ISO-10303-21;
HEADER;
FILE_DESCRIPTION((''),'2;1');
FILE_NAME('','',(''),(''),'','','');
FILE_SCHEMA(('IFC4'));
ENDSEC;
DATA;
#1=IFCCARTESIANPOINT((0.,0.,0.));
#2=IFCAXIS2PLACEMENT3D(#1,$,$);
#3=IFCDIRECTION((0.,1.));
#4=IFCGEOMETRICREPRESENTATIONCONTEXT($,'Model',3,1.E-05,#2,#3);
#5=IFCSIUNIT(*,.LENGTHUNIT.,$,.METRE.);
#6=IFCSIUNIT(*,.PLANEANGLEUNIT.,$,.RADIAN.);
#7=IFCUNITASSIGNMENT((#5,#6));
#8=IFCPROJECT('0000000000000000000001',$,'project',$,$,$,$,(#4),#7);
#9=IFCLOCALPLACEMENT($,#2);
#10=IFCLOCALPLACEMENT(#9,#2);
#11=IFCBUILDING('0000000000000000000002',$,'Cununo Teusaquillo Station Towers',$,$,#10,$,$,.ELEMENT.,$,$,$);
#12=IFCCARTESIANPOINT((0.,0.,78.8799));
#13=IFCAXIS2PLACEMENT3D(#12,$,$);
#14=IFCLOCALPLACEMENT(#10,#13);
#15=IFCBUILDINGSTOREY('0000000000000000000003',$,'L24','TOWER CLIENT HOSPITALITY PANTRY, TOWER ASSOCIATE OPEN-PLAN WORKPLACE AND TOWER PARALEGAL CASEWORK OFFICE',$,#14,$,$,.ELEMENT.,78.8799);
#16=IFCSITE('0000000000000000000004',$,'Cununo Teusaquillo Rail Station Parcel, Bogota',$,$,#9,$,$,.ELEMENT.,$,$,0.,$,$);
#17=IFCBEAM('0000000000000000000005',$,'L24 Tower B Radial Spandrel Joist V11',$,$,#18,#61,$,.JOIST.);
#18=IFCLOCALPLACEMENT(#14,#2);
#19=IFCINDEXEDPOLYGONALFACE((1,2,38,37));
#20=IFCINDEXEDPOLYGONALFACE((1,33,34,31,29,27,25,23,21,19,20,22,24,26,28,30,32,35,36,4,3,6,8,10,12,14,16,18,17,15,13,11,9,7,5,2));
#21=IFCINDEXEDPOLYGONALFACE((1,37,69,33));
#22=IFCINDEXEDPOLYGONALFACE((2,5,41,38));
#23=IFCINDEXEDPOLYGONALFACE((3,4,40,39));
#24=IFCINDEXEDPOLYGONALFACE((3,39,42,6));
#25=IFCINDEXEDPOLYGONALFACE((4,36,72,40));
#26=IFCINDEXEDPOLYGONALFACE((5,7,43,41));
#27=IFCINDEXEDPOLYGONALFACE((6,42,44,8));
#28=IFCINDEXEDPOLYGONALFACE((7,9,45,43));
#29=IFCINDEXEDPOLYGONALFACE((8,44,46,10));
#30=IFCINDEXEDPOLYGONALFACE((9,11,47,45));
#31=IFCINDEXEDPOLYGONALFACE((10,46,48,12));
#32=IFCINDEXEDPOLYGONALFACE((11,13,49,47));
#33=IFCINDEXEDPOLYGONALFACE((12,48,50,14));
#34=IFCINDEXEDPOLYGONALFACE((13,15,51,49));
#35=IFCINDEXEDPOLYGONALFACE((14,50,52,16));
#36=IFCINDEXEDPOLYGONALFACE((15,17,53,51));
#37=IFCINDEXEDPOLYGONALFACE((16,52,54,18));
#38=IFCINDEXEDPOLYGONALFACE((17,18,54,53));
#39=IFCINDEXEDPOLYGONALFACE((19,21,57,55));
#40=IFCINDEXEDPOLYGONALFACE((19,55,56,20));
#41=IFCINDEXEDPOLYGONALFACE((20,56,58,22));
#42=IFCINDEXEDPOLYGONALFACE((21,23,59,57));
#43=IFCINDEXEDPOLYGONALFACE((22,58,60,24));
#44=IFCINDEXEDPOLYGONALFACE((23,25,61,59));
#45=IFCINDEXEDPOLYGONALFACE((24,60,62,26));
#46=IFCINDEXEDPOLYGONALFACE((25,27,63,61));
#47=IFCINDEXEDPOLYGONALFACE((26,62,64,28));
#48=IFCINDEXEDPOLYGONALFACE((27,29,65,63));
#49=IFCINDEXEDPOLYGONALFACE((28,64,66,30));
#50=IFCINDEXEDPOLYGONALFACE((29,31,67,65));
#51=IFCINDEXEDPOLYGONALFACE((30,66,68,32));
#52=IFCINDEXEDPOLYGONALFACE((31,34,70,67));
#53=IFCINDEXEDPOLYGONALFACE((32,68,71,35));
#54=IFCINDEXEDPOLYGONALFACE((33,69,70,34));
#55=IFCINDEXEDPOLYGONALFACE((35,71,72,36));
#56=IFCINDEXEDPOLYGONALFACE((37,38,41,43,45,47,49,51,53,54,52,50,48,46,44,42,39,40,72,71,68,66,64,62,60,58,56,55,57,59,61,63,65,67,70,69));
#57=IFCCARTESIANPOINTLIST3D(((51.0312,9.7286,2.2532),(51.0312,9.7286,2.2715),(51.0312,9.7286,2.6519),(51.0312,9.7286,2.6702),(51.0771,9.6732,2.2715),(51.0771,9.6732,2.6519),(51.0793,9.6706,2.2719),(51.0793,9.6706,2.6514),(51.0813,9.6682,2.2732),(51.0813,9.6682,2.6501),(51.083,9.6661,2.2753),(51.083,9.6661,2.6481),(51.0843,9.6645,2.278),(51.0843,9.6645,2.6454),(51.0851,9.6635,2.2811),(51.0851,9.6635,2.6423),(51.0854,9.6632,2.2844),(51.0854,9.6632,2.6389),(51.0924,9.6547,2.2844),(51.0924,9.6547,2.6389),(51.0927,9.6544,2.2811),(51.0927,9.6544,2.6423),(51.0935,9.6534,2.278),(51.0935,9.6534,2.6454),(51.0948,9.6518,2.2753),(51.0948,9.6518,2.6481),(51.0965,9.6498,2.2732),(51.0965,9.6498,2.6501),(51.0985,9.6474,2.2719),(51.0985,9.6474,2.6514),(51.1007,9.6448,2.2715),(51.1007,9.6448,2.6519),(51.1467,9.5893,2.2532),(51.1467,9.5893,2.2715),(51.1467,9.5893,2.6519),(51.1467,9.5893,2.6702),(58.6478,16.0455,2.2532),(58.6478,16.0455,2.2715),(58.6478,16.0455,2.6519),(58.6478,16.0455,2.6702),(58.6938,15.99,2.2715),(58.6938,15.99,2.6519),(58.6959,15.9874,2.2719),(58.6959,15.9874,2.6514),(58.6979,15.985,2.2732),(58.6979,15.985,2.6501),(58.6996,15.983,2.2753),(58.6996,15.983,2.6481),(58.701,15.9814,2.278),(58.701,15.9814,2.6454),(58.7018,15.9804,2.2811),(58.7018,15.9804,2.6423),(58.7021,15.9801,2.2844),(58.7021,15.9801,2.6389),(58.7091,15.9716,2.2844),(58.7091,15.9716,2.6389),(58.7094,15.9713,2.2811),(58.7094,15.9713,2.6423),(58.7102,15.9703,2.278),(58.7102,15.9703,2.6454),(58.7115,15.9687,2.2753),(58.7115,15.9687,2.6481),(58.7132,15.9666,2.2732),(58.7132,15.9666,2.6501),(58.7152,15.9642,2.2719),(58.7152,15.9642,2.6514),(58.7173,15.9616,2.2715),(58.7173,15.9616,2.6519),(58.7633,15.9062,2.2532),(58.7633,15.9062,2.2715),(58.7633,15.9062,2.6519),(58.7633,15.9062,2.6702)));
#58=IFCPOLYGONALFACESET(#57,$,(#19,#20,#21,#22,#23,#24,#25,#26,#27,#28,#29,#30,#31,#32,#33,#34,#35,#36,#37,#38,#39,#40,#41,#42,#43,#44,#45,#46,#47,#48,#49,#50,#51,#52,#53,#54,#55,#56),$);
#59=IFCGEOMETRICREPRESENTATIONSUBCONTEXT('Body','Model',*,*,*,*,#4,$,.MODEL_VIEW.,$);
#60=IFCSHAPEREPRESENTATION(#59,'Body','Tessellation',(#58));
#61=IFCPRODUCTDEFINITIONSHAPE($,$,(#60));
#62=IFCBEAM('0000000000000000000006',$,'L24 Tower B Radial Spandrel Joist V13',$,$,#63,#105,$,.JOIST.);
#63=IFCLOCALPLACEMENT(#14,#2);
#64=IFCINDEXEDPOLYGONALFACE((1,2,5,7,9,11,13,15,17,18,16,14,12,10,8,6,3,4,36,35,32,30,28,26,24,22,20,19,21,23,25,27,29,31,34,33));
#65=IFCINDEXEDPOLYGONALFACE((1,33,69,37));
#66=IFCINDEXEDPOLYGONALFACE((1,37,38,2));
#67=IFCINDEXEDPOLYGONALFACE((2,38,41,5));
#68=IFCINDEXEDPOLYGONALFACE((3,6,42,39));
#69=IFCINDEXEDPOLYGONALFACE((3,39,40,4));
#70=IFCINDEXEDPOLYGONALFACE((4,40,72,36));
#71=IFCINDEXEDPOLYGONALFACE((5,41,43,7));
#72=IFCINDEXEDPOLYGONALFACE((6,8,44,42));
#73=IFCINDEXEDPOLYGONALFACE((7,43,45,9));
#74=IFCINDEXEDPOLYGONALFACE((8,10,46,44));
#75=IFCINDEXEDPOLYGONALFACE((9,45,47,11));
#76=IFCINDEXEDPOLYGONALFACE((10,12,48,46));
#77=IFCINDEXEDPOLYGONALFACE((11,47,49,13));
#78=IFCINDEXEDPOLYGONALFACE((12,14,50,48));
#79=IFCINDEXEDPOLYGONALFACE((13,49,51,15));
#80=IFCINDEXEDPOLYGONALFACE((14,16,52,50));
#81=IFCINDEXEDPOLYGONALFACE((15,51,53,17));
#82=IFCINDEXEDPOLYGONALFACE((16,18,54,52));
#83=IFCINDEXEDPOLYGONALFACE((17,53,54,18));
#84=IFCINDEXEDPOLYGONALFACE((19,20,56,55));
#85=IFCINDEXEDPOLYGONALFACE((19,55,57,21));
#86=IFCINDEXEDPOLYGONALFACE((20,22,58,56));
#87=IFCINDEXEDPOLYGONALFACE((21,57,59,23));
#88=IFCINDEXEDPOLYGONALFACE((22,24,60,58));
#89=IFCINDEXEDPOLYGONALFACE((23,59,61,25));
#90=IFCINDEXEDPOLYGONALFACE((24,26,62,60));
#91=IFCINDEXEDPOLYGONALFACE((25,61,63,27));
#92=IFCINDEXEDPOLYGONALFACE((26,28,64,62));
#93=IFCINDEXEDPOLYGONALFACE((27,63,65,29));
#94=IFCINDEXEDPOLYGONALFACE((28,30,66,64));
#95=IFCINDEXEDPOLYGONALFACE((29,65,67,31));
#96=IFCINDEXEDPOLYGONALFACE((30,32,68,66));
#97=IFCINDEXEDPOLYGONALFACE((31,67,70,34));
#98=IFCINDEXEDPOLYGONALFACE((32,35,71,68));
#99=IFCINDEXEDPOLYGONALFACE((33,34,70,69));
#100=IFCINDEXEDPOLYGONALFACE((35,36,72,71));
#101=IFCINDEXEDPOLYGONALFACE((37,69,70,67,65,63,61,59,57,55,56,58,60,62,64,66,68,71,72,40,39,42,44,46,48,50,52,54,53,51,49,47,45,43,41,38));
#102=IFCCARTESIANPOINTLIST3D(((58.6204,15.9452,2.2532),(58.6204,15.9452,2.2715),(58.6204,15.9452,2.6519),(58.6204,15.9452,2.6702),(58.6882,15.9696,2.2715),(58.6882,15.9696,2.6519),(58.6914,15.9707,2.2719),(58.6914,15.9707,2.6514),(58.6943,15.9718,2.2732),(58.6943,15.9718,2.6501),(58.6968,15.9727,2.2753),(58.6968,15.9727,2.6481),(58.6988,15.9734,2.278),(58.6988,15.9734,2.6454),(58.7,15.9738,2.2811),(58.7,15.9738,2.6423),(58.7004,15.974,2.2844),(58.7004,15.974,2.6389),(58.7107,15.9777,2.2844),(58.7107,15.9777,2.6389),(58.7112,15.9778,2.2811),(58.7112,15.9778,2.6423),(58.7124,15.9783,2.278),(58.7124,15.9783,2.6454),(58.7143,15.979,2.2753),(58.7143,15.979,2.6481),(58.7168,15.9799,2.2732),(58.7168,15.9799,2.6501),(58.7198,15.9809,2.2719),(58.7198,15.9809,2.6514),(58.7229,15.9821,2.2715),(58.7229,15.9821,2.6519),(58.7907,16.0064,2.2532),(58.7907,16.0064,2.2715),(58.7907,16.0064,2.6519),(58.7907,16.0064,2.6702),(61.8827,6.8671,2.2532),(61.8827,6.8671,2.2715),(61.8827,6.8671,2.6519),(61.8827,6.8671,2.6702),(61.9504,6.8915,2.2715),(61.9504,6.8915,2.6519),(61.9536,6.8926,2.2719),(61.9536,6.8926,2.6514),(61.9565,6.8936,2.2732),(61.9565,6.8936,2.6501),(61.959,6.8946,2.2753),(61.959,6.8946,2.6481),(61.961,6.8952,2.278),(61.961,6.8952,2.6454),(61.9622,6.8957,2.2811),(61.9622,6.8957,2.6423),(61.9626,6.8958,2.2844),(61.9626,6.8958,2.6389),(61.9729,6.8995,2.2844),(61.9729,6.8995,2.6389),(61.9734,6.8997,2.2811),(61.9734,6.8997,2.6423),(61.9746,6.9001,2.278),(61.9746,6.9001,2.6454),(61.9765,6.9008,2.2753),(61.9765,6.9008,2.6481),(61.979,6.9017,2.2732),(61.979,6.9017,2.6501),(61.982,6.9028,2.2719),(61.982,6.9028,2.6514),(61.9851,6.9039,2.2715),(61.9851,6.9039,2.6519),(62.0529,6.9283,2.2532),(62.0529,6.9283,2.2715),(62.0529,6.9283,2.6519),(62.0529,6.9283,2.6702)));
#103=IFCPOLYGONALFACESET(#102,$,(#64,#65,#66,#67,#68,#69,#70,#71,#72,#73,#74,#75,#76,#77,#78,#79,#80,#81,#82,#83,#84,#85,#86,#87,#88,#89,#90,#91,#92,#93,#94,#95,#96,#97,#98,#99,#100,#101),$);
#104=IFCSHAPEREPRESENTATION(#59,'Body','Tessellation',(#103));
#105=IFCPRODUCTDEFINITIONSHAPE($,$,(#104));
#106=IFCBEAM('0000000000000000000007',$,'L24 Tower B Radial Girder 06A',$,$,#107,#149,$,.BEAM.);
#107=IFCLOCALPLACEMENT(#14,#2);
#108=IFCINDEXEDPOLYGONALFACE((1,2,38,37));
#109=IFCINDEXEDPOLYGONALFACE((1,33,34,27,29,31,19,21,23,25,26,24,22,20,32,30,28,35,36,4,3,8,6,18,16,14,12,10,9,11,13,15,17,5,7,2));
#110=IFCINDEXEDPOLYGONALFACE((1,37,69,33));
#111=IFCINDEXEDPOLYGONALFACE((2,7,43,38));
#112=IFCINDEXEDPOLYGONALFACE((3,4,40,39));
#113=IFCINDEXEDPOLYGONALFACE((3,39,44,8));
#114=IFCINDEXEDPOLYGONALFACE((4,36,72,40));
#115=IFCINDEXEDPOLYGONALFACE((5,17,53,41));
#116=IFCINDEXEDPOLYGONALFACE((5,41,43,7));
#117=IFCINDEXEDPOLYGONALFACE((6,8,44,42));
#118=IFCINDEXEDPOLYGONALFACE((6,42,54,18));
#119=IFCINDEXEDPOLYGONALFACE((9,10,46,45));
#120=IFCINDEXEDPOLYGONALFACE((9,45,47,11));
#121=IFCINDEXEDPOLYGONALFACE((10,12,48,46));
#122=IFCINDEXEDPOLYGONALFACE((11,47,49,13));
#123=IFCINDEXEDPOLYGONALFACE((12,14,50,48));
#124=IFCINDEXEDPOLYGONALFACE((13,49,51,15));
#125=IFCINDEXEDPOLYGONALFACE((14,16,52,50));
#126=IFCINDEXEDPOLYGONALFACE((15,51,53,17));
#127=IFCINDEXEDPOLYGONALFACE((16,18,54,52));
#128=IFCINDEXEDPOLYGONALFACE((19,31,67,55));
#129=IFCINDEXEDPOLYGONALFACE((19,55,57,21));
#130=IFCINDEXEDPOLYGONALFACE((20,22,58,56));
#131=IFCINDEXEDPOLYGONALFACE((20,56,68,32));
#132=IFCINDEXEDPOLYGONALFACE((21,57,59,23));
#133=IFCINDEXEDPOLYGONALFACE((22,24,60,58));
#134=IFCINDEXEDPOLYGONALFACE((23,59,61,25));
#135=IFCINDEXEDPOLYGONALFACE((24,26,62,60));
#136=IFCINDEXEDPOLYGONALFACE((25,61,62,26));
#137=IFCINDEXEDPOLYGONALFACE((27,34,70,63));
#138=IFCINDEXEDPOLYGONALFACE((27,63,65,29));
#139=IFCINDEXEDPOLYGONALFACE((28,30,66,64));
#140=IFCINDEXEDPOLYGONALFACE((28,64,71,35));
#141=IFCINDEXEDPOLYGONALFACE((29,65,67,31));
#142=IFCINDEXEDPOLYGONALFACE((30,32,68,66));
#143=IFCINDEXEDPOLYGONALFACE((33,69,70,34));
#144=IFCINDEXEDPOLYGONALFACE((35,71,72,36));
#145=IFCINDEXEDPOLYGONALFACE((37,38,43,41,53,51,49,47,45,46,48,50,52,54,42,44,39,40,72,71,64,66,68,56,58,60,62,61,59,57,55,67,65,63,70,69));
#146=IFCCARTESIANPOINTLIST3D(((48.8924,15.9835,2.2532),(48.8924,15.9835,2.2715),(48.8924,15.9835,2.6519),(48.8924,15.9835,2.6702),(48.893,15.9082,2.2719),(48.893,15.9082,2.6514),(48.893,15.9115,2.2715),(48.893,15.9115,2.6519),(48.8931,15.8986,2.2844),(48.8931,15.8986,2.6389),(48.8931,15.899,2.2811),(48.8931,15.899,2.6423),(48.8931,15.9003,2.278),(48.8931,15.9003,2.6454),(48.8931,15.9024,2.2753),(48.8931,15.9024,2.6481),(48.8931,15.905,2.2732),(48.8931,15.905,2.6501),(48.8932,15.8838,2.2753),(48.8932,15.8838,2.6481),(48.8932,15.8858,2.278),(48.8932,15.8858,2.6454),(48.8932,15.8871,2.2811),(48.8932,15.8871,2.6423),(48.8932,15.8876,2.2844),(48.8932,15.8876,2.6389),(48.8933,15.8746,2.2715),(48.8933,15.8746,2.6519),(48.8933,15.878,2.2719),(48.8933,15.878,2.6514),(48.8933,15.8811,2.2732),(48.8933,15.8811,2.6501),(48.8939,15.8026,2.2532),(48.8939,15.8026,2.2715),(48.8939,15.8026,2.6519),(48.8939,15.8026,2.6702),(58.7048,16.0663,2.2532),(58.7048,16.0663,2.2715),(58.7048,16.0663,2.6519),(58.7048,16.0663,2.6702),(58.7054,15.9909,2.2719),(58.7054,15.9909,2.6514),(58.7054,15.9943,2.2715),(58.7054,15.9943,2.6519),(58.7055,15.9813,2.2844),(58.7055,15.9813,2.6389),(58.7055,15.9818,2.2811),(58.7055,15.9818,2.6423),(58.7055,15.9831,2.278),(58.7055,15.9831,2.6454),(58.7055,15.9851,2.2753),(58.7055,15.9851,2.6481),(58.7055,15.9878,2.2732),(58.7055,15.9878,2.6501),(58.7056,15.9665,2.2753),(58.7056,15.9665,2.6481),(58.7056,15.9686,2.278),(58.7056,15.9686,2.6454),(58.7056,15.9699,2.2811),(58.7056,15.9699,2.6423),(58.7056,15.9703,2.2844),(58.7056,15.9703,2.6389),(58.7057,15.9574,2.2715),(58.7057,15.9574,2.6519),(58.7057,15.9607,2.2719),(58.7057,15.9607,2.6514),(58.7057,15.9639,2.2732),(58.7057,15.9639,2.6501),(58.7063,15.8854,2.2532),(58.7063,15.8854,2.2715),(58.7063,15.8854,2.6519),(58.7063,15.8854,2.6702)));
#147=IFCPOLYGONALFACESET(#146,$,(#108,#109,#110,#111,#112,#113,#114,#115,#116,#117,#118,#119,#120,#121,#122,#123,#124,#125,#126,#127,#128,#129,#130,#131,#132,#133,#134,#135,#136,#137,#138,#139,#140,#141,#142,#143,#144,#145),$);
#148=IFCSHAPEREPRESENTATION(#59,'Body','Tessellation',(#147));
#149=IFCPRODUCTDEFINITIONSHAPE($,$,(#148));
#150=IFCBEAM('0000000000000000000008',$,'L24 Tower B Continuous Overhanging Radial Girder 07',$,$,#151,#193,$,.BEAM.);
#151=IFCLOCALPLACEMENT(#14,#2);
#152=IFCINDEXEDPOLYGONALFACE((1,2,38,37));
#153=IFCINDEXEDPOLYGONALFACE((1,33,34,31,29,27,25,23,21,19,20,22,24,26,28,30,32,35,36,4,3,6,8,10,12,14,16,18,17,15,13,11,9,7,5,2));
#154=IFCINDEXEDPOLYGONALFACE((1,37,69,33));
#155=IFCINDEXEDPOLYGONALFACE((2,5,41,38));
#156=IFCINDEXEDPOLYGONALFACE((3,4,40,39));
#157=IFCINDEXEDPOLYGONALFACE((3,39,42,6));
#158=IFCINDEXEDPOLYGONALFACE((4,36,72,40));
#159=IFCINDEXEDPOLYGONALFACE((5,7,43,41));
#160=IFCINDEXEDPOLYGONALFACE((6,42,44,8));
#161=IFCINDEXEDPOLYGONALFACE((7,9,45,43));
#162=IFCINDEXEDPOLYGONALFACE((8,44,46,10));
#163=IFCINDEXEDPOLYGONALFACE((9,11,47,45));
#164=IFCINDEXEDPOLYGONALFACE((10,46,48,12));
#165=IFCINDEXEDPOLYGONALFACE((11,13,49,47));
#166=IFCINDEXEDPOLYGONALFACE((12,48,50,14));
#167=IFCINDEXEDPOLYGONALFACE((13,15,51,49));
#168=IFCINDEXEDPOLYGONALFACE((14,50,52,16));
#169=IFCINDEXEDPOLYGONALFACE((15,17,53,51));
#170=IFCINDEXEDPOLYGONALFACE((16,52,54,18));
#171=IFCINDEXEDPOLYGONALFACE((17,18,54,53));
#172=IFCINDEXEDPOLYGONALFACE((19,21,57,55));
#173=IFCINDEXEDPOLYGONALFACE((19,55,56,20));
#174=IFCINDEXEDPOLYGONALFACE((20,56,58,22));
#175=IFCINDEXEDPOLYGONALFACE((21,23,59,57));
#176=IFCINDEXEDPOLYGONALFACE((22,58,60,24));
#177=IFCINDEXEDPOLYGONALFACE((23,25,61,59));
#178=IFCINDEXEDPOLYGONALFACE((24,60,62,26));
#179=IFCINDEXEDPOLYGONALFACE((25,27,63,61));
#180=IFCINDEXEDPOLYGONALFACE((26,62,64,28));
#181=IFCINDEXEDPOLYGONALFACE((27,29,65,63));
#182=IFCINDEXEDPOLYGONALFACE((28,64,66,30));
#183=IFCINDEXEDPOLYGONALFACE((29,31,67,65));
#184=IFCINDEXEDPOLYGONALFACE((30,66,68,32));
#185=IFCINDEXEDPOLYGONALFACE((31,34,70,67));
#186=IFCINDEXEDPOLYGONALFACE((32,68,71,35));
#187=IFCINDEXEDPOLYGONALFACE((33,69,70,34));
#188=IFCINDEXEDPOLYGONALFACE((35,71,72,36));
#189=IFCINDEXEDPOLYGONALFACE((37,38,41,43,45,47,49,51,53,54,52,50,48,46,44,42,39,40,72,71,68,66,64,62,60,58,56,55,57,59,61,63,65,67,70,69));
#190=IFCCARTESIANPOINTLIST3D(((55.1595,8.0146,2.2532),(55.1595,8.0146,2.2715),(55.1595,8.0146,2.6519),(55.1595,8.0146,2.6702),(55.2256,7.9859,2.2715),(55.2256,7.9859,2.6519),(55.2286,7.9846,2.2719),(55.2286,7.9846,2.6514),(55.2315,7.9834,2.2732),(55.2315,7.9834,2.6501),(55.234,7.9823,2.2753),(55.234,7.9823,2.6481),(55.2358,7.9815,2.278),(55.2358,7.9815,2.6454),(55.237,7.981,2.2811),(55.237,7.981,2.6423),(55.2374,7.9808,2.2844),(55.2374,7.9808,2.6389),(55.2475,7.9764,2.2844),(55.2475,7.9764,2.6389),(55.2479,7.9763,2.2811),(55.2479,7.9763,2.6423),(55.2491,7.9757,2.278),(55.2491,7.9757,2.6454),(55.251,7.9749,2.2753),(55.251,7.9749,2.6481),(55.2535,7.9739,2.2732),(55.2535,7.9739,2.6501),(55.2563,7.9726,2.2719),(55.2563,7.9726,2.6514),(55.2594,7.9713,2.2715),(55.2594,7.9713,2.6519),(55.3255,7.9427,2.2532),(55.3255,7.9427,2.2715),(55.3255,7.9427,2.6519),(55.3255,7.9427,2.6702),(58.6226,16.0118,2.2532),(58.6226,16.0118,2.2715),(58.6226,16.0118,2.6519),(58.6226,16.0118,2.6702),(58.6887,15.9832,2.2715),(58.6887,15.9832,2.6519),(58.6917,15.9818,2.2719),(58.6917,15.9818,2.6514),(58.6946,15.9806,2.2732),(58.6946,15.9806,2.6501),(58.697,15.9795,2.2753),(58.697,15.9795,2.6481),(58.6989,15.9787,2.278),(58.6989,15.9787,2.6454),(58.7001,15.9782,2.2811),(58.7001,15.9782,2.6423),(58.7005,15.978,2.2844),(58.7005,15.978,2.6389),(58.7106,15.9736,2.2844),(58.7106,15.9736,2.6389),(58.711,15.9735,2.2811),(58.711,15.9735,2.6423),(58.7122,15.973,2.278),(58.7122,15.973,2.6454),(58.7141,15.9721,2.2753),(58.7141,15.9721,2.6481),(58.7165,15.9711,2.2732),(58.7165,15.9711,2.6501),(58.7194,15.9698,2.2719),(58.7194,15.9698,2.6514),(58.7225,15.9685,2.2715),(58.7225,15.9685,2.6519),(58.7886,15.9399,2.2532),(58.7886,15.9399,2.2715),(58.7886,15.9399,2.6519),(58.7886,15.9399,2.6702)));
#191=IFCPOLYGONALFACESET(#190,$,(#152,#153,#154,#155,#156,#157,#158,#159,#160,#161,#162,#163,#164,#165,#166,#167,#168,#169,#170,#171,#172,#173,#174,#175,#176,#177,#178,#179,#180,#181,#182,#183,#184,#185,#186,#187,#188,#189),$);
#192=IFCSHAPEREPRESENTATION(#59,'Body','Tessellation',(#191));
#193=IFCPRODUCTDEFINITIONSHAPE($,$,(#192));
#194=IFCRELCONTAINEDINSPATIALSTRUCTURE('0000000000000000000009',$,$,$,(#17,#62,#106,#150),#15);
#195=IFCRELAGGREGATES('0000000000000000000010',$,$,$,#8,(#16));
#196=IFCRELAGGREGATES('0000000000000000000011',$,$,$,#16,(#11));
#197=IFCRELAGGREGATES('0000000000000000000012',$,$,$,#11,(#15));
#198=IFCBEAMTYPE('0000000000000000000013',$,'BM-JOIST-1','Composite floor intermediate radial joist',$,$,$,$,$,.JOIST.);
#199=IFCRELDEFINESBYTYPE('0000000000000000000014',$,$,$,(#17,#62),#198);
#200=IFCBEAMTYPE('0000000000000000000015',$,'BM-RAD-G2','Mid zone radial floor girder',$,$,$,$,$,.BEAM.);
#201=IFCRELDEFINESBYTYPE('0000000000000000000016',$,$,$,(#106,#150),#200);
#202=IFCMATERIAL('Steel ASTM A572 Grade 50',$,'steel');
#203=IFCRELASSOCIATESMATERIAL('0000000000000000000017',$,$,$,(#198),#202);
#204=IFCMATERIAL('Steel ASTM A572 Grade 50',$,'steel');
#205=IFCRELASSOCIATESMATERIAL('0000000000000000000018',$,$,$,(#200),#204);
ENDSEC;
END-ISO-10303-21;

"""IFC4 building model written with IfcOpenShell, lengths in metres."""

from ifc_helpers import new_model, si_unit, direction, frame, origin, origin_2d, place, context, subcontext, project, spatial, i_section, extrude, material, material_profile, profile_set, type_object, element, save


model = new_model("IFC4")

# Units and contexts
model_context = context("Model", 3, precision=1e-05, world=origin(), true_north=direction((0.0, 1.0)))
body_context = subcontext(model_context, "Body", "Model", "MODEL_VIEW")
ifc_project = project(units=[si_unit("LENGTHUNIT", "METRE"), si_unit("PLANEANGLEUNIT", "RADIAN")], contexts=[model_context])

# Site, building, storey
site_placement = place(None, origin())
site = spatial("IfcSite", under=ifc_project, at=site_placement, Name="Cununo Teusaquillo Rail Station Parcel, Bogota", CompositionType="ELEMENT", RefElevation=0.0)
building_placement = place(site_placement, origin())
building = spatial("IfcBuilding", under=site, at=building_placement, Name="Cununo Teusaquillo Station Towers", CompositionType="ELEMENT")
storey_placement = place(building_placement, frame((0.0, 0.0, 78.8799)))
storey = spatial("IfcBuildingStorey", under=building, at=storey_placement, Name="L24", Description="TOWER CLIENT HOSPITALITY PANTRY, TOWER ASSOCIATE OPEN-PLAN WORKPLACE AND TOWER PARALEGAL CASEWORK OFFICE", CompositionType="ELEMENT", Elevation=78.8799)

# Beams
ifc_material_1 = material(Name="Steel ASTM A572 Grade 50", Category="steel")
ifc_material_profile_1 = material_profile(ifc_material_1, i_section(OverallWidth=0.1809, OverallDepth=0.417, WebThickness=0.011, FlangeThickness=0.0183, FilletRadius=0.0129, at=origin_2d()), Name="W16X57")
ifc_profile_set_1 = profile_set([ifc_material_profile_1], Name="Steel ASTM A572 Grade 50")
beam_type_1 = type_object("IfcBeamType", Name="BM-JOIST-1", Description="Composite floor intermediate radial joist", PredefinedType="JOIST", material=ifc_profile_set_1)
beam_1_placement = place(storey_placement, frame((58.7056, 15.9758, 2.4617), z_axis=(-0.769728, -0.638372, 0.0), x_axis=(0.638372, -0.769728, 0.0)))
element("IfcBeam", 1, at=beam_1_placement, inside=storey, type_object=beam_type_1, Name="L24 Tower B Radial Spandrel Joist V11", PredefinedType="JOIST", context=body_context, shape_type="SweptSolid", body=[
    extrude(i_section(OverallWidth=0.1809, OverallDepth=0.417, WebThickness=0.011, FlangeThickness=0.0183, FilletRadius=0.0129, at=origin_2d()), origin(), (0.0, 0.0, 1.0), 9.8953),
])
beam_2_placement = place(storey_placement, frame((58.7056, 15.9758, 2.4617), z_axis=(0.338176, -0.941083, 0.0), x_axis=(0.941083, 0.338176, 0.0)))
element("IfcBeam", 2, at=beam_2_placement, inside=storey, type_object=beam_type_1, Name="L24 Tower B Radial Spandrel Joist V13", PredefinedType="JOIST", context=body_context, shape_type="SweptSolid", body=[
    extrude(i_section(OverallWidth=0.1809, OverallDepth=0.417, WebThickness=0.011, FlangeThickness=0.0183, FilletRadius=0.0129, at=origin_2d()), origin(), (0.0, 0.0, 1.0), 9.6465),
])
ifc_material_2 = material(Name="Steel ASTM A572 Grade 50", Category="steel")
ifc_material_profile_2 = material_profile(ifc_material_2, i_section(OverallWidth=0.1809, OverallDepth=0.417, WebThickness=0.011, FlangeThickness=0.0183, FilletRadius=0.0129, at=origin_2d()), Name="W16X57")
ifc_profile_set_2 = profile_set([ifc_material_profile_2], Name="Steel ASTM A572 Grade 50")
beam_type_2 = type_object("IfcBeamType", Name="BM-RAD-G2", Description="Mid zone radial floor girder", PredefinedType="BEAM", material=ifc_profile_set_2)
beam_3_placement = place(storey_placement, frame((58.7056, 15.9758, 2.4617), z_axis=(-0.999964, -0.008434, 0.0), x_axis=(0.008434, -0.999964, 0.0)))
element("IfcBeam", 3, at=beam_3_placement, inside=storey, type_object=beam_type_2, Name="L24 Tower B Radial Girder 06A", PredefinedType="BEAM", context=body_context, shape_type="SweptSolid", body=[
    extrude(i_section(OverallWidth=0.1809, OverallDepth=0.417, WebThickness=0.011, FlangeThickness=0.0183, FilletRadius=0.0129, at=origin_2d()), origin(), (0.0, 0.0, 1.0), 9.8127),
])
beam_4_placement = place(storey_placement, frame((58.7056, 15.9758, 2.4617), z_axis=(-0.397379, -0.917655, 0.0), x_axis=(0.917655, -0.397379, 0.0)))
element("IfcBeam", 4, at=beam_4_placement, inside=storey, type_object=beam_type_2, Name="L24 Tower B Continuous Overhanging Radial Girder 07", PredefinedType="BEAM", context=body_context, shape_type="SweptSolid", body=[
    extrude(i_section(OverallWidth=0.1809, OverallDepth=0.417, WebThickness=0.011, FlangeThickness=0.0183, FilletRadius=0.0129, at=origin_2d()), origin(), (0.0, 0.0, 1.0), 8.7148),
])

save(model, "model.ifc")
